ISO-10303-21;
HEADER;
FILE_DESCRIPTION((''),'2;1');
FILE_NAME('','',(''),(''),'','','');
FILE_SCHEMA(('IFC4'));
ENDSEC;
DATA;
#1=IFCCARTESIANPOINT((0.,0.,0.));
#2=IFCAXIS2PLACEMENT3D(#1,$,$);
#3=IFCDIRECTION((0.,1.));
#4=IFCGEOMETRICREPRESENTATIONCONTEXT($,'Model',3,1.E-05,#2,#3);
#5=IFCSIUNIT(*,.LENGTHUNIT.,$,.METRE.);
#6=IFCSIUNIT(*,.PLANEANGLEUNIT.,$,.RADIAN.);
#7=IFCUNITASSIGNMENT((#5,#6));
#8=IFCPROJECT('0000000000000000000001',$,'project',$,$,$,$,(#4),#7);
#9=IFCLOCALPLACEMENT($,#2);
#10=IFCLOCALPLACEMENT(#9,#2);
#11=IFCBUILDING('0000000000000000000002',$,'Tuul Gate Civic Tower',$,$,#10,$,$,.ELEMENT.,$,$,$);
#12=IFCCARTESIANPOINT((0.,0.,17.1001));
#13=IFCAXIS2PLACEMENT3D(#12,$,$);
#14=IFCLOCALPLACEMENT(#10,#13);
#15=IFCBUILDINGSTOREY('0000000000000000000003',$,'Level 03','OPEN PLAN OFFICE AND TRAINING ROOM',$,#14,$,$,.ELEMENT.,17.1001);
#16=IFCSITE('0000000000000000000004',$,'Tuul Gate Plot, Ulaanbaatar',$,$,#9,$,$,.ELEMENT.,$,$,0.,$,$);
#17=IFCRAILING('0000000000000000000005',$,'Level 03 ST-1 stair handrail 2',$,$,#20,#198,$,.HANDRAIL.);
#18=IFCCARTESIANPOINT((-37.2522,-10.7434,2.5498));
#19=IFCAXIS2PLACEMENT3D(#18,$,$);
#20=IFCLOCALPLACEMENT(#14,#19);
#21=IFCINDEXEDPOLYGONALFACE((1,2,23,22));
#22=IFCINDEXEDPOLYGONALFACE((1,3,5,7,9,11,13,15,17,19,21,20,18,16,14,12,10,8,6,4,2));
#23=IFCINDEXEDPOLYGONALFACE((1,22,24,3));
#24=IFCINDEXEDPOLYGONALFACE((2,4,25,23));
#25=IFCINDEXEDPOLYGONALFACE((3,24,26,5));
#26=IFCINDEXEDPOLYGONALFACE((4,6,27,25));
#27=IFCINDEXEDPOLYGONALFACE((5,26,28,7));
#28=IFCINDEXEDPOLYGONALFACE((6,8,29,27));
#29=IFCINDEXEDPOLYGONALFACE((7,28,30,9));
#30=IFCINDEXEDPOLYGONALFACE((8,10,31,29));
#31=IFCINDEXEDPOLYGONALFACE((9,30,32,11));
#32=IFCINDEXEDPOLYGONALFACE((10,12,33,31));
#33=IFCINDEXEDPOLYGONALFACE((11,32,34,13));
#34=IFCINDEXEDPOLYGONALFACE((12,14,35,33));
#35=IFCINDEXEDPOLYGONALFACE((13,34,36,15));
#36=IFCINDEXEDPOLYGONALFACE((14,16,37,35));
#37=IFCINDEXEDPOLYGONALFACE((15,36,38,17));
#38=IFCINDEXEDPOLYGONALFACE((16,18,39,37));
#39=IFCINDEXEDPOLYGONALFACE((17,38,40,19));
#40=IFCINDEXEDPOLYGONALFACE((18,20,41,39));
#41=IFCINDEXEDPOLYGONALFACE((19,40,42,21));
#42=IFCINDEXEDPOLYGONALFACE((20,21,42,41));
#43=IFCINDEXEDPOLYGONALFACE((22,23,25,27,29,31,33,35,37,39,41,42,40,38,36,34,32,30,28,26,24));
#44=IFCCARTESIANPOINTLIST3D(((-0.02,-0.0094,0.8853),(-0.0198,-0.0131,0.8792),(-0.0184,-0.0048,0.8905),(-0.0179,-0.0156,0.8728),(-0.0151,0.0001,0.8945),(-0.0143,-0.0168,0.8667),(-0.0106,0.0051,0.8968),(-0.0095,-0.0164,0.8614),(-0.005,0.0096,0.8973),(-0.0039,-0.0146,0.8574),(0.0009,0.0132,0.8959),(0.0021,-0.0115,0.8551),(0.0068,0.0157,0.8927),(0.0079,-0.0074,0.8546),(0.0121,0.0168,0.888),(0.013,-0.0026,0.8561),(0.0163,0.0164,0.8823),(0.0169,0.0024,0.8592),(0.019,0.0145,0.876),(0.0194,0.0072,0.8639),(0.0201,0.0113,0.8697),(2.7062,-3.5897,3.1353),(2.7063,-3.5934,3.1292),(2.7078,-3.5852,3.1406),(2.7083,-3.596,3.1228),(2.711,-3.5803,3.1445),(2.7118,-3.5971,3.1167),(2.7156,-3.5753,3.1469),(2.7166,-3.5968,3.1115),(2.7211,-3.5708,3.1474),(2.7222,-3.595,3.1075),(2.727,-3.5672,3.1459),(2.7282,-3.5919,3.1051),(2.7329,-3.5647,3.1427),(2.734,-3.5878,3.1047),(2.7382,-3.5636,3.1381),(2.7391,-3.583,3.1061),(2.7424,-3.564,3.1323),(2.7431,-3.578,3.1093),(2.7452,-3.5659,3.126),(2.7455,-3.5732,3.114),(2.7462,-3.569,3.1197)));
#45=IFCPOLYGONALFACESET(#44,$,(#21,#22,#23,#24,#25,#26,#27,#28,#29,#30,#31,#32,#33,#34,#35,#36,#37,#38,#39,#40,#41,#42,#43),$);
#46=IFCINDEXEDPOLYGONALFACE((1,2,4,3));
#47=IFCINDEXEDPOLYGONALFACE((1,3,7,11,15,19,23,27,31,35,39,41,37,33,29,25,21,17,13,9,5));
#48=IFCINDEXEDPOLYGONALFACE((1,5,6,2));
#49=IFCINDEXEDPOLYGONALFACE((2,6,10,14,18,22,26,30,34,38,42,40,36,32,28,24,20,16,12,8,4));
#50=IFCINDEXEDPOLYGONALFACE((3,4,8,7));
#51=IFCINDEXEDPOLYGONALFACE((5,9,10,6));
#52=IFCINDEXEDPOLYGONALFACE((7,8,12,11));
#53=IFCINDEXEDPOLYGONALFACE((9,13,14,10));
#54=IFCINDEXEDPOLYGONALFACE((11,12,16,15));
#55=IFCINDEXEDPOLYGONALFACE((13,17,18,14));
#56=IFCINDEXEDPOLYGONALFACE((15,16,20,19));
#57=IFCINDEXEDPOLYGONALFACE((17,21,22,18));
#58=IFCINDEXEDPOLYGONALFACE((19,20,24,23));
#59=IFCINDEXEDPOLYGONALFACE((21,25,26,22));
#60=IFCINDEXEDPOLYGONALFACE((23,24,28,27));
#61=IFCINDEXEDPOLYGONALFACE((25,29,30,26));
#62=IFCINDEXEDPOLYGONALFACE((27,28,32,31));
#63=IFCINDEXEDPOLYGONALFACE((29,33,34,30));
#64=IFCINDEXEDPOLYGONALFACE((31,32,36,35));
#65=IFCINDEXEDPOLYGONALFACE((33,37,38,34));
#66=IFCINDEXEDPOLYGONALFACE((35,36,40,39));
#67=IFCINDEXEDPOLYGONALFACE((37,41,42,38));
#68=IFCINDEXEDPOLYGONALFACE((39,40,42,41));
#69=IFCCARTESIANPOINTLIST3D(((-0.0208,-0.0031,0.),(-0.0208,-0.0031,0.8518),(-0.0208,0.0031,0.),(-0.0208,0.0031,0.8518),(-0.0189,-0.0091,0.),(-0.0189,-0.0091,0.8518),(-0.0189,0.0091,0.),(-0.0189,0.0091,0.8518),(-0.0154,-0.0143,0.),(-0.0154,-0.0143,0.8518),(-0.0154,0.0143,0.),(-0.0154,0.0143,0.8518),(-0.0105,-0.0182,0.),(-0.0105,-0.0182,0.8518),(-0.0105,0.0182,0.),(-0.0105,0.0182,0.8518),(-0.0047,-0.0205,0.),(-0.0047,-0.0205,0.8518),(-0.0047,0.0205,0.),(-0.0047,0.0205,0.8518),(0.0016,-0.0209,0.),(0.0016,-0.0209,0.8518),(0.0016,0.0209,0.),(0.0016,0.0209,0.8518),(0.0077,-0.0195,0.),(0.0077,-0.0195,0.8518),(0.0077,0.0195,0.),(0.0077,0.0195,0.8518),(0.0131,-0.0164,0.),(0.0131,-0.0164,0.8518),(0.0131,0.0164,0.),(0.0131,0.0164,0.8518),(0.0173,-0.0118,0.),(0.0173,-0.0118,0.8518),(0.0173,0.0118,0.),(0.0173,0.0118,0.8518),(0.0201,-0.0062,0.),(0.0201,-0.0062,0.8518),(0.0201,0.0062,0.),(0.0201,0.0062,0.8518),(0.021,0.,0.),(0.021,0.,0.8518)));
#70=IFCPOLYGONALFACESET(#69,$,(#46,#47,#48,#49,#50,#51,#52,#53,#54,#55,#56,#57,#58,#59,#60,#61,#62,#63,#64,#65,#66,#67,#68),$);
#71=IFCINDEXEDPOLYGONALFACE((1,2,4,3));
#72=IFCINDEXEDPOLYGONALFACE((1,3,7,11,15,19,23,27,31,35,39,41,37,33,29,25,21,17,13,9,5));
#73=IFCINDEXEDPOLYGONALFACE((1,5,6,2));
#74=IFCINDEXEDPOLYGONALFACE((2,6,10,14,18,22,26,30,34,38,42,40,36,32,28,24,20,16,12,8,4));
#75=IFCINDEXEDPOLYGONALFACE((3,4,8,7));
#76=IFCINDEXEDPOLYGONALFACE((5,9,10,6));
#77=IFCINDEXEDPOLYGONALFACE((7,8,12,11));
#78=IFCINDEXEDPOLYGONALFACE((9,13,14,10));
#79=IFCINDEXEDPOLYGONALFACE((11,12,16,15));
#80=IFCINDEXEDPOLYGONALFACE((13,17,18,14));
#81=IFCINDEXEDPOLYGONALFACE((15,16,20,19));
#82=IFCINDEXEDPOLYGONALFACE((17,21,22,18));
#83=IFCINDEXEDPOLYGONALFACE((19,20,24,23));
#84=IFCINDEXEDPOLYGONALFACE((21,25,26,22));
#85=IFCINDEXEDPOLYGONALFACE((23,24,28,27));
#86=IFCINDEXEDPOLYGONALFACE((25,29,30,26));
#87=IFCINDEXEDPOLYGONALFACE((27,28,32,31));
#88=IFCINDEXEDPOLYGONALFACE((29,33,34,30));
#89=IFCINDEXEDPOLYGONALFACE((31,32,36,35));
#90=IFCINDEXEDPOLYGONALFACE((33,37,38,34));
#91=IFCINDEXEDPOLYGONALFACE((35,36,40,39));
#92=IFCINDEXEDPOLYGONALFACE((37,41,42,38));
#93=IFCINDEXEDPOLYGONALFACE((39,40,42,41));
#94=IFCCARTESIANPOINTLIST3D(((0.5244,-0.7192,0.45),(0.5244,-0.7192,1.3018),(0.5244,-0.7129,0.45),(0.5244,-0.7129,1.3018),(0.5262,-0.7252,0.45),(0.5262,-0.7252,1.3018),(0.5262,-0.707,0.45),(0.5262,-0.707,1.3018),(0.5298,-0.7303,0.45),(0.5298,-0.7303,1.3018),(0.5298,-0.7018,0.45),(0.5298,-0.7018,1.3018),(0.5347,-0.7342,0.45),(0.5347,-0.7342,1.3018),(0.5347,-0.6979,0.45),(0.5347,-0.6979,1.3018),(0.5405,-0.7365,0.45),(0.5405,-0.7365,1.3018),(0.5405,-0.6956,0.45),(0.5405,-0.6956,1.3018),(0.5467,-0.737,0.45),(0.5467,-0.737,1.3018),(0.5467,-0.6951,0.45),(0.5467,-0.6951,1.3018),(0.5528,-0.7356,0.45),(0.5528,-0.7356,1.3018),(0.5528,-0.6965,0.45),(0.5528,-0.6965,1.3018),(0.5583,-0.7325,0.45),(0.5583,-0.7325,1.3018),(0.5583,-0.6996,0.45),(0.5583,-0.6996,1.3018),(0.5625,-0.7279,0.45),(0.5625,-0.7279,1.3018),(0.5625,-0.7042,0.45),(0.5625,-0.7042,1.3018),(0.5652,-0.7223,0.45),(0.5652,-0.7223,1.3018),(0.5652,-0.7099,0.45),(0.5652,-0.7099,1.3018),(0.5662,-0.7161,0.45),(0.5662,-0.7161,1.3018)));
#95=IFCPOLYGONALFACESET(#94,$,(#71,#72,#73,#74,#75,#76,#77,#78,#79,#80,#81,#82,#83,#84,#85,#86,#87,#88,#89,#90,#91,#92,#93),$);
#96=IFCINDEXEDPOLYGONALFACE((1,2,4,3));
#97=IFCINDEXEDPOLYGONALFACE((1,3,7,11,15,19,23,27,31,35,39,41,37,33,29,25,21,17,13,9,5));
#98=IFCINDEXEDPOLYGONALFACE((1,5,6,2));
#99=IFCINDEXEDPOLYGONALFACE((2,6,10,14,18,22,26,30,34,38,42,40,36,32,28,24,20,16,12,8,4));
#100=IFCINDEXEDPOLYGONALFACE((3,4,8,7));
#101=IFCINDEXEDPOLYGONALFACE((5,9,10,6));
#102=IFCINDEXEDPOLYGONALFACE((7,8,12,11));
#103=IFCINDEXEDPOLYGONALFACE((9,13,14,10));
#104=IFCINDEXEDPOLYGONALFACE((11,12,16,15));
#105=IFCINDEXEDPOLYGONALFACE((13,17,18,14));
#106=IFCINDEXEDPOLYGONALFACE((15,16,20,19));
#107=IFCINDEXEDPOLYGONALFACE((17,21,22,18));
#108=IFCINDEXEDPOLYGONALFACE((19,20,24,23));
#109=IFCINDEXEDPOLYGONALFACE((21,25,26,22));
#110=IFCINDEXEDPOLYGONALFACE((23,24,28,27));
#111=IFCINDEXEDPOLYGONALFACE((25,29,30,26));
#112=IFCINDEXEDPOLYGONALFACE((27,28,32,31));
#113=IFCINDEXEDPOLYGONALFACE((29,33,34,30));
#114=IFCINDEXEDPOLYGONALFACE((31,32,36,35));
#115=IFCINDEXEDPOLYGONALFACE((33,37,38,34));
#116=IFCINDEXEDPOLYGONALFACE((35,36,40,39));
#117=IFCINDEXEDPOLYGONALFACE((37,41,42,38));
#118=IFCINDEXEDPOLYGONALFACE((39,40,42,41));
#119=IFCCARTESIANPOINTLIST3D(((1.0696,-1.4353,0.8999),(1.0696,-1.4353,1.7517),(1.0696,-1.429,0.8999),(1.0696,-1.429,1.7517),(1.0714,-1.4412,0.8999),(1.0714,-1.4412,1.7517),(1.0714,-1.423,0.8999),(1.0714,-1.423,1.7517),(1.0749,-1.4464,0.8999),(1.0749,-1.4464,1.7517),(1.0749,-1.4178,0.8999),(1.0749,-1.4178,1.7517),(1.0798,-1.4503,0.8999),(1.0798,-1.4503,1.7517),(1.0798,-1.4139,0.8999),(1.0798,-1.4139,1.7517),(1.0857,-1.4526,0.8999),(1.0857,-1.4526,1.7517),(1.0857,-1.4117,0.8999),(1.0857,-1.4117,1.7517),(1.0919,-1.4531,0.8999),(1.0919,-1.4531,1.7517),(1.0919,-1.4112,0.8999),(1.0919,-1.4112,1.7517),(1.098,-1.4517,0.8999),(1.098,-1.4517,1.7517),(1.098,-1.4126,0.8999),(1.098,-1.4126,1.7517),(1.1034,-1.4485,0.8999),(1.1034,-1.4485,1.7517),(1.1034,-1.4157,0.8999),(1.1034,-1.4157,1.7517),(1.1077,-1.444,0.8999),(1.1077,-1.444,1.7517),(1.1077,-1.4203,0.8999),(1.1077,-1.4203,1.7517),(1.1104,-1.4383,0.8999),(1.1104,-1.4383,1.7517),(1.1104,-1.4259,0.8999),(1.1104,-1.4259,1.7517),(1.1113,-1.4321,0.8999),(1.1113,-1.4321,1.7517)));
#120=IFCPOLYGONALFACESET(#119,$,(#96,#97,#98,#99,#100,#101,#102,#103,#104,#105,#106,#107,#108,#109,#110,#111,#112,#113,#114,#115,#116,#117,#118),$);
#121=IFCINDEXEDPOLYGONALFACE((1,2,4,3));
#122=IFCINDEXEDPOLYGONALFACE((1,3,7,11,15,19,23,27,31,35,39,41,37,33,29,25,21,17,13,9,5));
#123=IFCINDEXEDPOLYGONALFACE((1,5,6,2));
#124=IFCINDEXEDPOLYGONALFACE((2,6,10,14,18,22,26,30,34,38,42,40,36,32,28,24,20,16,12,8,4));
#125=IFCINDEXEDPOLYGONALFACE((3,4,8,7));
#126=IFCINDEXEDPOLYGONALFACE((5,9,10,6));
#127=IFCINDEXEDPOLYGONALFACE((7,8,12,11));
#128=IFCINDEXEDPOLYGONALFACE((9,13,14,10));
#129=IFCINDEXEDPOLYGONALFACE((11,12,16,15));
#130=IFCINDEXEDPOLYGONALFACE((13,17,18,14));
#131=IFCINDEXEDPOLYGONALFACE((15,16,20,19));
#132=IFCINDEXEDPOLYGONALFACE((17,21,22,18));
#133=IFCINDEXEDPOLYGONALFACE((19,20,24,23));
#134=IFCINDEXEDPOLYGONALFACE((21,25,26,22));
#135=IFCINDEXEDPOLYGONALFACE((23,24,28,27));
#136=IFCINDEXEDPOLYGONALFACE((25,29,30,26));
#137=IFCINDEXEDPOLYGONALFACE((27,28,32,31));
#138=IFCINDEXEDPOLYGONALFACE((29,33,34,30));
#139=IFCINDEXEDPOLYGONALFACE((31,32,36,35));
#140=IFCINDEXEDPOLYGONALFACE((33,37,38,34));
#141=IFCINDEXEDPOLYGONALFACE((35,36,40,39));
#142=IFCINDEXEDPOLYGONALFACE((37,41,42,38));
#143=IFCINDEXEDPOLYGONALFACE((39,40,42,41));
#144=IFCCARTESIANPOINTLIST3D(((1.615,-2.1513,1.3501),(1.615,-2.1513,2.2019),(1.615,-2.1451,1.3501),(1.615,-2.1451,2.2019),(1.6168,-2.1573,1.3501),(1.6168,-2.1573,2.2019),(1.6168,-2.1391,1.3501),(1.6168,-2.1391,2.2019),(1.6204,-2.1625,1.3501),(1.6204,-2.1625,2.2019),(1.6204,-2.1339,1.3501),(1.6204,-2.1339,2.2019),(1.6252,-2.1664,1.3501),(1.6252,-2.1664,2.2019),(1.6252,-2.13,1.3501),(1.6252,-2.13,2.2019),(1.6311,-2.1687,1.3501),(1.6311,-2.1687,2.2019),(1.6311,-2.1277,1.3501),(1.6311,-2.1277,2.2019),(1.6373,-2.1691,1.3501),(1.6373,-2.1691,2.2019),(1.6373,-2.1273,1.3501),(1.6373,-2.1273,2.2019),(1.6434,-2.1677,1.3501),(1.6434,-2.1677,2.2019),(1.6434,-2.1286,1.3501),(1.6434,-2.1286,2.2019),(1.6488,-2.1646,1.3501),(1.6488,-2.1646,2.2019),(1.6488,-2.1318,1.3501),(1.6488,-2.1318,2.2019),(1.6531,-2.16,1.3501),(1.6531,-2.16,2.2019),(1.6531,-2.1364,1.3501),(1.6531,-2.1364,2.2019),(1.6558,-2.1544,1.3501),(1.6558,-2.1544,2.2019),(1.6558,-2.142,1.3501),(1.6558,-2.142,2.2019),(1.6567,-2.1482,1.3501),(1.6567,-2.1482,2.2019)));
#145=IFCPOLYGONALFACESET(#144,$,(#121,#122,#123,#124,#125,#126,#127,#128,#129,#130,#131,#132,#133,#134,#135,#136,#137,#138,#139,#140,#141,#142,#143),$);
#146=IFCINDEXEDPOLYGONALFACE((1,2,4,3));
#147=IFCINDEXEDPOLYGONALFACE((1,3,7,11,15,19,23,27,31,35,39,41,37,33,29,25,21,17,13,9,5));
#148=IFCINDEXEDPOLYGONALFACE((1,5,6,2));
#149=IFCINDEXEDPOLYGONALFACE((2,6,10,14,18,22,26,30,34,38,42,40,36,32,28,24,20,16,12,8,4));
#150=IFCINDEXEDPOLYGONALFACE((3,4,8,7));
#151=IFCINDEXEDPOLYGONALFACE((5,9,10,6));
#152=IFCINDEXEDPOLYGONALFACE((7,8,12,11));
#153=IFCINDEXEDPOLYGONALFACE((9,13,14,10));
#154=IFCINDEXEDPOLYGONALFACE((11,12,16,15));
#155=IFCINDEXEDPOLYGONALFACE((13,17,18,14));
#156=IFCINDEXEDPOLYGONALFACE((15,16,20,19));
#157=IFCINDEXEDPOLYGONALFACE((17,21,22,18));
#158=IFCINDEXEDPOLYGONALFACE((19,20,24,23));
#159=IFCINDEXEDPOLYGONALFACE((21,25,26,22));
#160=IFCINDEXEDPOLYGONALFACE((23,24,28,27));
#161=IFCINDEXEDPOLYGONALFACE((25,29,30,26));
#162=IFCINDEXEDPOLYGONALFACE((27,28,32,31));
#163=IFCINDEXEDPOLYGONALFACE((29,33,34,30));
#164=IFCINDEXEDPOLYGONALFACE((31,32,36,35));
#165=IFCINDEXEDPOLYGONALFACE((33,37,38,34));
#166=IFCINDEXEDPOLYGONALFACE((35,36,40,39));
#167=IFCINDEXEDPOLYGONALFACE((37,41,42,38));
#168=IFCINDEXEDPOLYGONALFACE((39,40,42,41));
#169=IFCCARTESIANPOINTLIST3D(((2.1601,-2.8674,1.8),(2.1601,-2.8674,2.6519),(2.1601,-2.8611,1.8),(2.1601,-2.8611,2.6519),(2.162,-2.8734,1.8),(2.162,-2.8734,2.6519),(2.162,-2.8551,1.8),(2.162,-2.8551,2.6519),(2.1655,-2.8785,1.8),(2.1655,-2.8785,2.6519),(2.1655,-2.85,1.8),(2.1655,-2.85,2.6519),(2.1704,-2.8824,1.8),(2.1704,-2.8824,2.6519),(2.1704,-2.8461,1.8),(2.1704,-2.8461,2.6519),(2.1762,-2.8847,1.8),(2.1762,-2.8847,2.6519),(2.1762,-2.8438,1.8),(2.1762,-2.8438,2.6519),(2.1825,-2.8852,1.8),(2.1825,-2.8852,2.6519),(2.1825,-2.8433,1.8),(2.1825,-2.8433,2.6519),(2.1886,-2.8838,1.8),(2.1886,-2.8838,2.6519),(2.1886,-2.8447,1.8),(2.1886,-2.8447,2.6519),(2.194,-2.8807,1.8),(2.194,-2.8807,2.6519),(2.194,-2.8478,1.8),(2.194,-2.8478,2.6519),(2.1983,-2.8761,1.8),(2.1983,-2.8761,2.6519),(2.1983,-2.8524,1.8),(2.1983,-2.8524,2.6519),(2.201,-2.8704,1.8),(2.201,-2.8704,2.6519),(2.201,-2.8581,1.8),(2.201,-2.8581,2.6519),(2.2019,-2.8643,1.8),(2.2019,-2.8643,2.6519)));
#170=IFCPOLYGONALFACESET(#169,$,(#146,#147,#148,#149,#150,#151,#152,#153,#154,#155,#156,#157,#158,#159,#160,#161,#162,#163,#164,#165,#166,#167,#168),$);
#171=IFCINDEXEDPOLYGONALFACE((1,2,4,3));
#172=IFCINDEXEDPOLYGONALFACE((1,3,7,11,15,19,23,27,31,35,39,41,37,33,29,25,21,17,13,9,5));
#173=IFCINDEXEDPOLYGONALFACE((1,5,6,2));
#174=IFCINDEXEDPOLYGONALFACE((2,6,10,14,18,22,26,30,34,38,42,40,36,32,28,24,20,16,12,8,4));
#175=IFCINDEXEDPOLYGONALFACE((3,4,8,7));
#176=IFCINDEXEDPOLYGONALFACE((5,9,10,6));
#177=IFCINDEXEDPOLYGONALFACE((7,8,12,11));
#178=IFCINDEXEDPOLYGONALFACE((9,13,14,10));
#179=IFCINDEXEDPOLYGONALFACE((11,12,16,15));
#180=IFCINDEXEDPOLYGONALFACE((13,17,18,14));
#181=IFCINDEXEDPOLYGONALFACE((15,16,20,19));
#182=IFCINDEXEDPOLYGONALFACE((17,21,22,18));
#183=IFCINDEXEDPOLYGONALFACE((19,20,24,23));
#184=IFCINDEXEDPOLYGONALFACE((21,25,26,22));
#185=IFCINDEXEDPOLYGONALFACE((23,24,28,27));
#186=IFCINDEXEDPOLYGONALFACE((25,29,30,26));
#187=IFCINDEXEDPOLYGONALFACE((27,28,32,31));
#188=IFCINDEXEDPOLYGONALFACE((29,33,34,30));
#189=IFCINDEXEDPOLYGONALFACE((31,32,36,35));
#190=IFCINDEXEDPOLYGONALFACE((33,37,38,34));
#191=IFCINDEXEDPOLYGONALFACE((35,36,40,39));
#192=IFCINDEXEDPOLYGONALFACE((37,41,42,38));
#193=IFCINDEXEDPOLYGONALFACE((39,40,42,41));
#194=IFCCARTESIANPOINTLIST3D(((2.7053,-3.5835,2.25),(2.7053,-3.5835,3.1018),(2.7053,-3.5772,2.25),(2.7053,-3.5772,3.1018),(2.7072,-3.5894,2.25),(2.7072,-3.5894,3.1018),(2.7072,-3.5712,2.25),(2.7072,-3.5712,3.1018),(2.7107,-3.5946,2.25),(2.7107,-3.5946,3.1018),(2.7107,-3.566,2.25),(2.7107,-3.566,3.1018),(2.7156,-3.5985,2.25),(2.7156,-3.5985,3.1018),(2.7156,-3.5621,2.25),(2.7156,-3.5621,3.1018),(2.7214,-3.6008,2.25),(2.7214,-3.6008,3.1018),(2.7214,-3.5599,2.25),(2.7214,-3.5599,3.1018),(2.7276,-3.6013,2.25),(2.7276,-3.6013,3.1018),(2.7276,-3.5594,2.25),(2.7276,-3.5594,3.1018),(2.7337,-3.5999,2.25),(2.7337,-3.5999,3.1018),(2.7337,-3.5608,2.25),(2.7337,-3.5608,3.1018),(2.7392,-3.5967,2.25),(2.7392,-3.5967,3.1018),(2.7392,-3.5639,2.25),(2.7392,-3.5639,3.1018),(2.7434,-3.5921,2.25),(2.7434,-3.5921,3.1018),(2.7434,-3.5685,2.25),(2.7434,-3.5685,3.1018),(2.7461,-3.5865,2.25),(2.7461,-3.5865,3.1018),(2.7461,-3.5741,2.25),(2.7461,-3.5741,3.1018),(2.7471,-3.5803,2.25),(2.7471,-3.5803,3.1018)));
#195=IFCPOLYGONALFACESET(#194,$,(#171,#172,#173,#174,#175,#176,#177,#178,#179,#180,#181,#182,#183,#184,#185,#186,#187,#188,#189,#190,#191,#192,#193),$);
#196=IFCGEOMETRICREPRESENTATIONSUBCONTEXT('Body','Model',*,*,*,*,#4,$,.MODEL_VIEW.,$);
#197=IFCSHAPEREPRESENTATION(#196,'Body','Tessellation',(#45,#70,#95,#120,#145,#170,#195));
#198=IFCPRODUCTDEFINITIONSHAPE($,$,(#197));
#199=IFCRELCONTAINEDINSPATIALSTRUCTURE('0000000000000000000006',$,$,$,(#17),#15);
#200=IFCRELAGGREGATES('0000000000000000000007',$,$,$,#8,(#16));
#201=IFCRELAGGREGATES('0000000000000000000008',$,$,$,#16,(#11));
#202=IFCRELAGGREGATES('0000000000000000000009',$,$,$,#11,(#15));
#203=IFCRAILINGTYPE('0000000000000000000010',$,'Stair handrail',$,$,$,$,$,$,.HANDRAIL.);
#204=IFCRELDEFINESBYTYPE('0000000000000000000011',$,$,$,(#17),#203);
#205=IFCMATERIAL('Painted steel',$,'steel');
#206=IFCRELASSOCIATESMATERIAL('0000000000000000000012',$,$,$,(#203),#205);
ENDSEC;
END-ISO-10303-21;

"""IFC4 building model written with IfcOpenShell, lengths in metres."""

from ifc_helpers import new_model, si_unit, direction, frame, origin, origin_2d, place, context, subcontext, project, spatial, circle, extrude, material, type_object, element, save


model = new_model("IFC4")

# Units and contexts
model_context = context("Model", 3, precision=1e-05, world=origin(), true_north=direction((0.0, 1.0)))
body_context = subcontext(model_context, "Body", "Model", "MODEL_VIEW")
ifc_project = project(units=[si_unit("LENGTHUNIT", "METRE"), si_unit("PLANEANGLEUNIT", "RADIAN")], contexts=[model_context])

# Site, building, storey
site_placement = place(None, origin())
site = spatial("IfcSite", under=ifc_project, at=site_placement, Name="Tuul Gate Plot, Ulaanbaatar", CompositionType="ELEMENT", RefElevation=0.0)
building_placement = place(site_placement, origin())
building = spatial("IfcBuilding", under=site, at=building_placement, Name="Tuul Gate Civic Tower", CompositionType="ELEMENT")
storey_placement = place(building_placement, frame((0.0, 0.0, 17.1001)))
storey = spatial("IfcBuildingStorey", under=building, at=storey_placement, Name="Level 03", Description="OPEN PLAN OFFICE AND TRAINING ROOM", CompositionType="ELEMENT", Elevation=17.1001)

# Railing
ifc_material_1 = material(Name="Painted steel", Category="steel")
railing_type = type_object("IfcRailingType", Name="Stair handrail", PredefinedType="HANDRAIL", material=ifc_material_1)
railing_placement = place(storey_placement, frame((-37.2522, -10.7434, 2.5498)))
element("IfcRailing", 1, at=railing_placement, inside=storey, type_object=railing_type, Name="Level 03 ST-1 stair handrail 2", PredefinedType="HANDRAIL", context=body_context, shape_type="SweptSolid", body=[
    extrude(circle(Radius=0.0239, at=origin_2d()), frame((0.0, 0.0, 0.876), z_axis=(0.541837, -0.711628, 0.447212), x_axis=(0.795623, 0.605791, 0.0)), (0.0, 0.0, 1.0), 5.0312),
    extrude(circle(Radius=0.021, at=origin_2d()), origin(), (0.0, 0.0, 1.0), 0.8518),
    extrude(circle(Radius=0.021, at=origin_2d()), frame((0.5452, -0.7161, 0.45)), (0.0, 0.0, 1.0), 0.8518),
    extrude(circle(Radius=0.021, at=origin_2d()), frame((1.0903, -1.4321, 0.8999)), (0.0, 0.0, 1.0), 0.8518),
    extrude(circle(Radius=0.021, at=origin_2d()), frame((1.6357, -2.1482, 1.3501)), (0.0, 0.0, 1.0), 0.8518),
    extrude(circle(Radius=0.021, at=origin_2d()), frame((2.1809, -2.8643, 1.8)), (0.0, 0.0, 1.0), 0.8518),
    extrude(circle(Radius=0.021, at=origin_2d()), frame((2.7261, -3.5803, 2.25)), (0.0, 0.0, 1.0), 0.8518),
])

save(model, "model.ifc")
